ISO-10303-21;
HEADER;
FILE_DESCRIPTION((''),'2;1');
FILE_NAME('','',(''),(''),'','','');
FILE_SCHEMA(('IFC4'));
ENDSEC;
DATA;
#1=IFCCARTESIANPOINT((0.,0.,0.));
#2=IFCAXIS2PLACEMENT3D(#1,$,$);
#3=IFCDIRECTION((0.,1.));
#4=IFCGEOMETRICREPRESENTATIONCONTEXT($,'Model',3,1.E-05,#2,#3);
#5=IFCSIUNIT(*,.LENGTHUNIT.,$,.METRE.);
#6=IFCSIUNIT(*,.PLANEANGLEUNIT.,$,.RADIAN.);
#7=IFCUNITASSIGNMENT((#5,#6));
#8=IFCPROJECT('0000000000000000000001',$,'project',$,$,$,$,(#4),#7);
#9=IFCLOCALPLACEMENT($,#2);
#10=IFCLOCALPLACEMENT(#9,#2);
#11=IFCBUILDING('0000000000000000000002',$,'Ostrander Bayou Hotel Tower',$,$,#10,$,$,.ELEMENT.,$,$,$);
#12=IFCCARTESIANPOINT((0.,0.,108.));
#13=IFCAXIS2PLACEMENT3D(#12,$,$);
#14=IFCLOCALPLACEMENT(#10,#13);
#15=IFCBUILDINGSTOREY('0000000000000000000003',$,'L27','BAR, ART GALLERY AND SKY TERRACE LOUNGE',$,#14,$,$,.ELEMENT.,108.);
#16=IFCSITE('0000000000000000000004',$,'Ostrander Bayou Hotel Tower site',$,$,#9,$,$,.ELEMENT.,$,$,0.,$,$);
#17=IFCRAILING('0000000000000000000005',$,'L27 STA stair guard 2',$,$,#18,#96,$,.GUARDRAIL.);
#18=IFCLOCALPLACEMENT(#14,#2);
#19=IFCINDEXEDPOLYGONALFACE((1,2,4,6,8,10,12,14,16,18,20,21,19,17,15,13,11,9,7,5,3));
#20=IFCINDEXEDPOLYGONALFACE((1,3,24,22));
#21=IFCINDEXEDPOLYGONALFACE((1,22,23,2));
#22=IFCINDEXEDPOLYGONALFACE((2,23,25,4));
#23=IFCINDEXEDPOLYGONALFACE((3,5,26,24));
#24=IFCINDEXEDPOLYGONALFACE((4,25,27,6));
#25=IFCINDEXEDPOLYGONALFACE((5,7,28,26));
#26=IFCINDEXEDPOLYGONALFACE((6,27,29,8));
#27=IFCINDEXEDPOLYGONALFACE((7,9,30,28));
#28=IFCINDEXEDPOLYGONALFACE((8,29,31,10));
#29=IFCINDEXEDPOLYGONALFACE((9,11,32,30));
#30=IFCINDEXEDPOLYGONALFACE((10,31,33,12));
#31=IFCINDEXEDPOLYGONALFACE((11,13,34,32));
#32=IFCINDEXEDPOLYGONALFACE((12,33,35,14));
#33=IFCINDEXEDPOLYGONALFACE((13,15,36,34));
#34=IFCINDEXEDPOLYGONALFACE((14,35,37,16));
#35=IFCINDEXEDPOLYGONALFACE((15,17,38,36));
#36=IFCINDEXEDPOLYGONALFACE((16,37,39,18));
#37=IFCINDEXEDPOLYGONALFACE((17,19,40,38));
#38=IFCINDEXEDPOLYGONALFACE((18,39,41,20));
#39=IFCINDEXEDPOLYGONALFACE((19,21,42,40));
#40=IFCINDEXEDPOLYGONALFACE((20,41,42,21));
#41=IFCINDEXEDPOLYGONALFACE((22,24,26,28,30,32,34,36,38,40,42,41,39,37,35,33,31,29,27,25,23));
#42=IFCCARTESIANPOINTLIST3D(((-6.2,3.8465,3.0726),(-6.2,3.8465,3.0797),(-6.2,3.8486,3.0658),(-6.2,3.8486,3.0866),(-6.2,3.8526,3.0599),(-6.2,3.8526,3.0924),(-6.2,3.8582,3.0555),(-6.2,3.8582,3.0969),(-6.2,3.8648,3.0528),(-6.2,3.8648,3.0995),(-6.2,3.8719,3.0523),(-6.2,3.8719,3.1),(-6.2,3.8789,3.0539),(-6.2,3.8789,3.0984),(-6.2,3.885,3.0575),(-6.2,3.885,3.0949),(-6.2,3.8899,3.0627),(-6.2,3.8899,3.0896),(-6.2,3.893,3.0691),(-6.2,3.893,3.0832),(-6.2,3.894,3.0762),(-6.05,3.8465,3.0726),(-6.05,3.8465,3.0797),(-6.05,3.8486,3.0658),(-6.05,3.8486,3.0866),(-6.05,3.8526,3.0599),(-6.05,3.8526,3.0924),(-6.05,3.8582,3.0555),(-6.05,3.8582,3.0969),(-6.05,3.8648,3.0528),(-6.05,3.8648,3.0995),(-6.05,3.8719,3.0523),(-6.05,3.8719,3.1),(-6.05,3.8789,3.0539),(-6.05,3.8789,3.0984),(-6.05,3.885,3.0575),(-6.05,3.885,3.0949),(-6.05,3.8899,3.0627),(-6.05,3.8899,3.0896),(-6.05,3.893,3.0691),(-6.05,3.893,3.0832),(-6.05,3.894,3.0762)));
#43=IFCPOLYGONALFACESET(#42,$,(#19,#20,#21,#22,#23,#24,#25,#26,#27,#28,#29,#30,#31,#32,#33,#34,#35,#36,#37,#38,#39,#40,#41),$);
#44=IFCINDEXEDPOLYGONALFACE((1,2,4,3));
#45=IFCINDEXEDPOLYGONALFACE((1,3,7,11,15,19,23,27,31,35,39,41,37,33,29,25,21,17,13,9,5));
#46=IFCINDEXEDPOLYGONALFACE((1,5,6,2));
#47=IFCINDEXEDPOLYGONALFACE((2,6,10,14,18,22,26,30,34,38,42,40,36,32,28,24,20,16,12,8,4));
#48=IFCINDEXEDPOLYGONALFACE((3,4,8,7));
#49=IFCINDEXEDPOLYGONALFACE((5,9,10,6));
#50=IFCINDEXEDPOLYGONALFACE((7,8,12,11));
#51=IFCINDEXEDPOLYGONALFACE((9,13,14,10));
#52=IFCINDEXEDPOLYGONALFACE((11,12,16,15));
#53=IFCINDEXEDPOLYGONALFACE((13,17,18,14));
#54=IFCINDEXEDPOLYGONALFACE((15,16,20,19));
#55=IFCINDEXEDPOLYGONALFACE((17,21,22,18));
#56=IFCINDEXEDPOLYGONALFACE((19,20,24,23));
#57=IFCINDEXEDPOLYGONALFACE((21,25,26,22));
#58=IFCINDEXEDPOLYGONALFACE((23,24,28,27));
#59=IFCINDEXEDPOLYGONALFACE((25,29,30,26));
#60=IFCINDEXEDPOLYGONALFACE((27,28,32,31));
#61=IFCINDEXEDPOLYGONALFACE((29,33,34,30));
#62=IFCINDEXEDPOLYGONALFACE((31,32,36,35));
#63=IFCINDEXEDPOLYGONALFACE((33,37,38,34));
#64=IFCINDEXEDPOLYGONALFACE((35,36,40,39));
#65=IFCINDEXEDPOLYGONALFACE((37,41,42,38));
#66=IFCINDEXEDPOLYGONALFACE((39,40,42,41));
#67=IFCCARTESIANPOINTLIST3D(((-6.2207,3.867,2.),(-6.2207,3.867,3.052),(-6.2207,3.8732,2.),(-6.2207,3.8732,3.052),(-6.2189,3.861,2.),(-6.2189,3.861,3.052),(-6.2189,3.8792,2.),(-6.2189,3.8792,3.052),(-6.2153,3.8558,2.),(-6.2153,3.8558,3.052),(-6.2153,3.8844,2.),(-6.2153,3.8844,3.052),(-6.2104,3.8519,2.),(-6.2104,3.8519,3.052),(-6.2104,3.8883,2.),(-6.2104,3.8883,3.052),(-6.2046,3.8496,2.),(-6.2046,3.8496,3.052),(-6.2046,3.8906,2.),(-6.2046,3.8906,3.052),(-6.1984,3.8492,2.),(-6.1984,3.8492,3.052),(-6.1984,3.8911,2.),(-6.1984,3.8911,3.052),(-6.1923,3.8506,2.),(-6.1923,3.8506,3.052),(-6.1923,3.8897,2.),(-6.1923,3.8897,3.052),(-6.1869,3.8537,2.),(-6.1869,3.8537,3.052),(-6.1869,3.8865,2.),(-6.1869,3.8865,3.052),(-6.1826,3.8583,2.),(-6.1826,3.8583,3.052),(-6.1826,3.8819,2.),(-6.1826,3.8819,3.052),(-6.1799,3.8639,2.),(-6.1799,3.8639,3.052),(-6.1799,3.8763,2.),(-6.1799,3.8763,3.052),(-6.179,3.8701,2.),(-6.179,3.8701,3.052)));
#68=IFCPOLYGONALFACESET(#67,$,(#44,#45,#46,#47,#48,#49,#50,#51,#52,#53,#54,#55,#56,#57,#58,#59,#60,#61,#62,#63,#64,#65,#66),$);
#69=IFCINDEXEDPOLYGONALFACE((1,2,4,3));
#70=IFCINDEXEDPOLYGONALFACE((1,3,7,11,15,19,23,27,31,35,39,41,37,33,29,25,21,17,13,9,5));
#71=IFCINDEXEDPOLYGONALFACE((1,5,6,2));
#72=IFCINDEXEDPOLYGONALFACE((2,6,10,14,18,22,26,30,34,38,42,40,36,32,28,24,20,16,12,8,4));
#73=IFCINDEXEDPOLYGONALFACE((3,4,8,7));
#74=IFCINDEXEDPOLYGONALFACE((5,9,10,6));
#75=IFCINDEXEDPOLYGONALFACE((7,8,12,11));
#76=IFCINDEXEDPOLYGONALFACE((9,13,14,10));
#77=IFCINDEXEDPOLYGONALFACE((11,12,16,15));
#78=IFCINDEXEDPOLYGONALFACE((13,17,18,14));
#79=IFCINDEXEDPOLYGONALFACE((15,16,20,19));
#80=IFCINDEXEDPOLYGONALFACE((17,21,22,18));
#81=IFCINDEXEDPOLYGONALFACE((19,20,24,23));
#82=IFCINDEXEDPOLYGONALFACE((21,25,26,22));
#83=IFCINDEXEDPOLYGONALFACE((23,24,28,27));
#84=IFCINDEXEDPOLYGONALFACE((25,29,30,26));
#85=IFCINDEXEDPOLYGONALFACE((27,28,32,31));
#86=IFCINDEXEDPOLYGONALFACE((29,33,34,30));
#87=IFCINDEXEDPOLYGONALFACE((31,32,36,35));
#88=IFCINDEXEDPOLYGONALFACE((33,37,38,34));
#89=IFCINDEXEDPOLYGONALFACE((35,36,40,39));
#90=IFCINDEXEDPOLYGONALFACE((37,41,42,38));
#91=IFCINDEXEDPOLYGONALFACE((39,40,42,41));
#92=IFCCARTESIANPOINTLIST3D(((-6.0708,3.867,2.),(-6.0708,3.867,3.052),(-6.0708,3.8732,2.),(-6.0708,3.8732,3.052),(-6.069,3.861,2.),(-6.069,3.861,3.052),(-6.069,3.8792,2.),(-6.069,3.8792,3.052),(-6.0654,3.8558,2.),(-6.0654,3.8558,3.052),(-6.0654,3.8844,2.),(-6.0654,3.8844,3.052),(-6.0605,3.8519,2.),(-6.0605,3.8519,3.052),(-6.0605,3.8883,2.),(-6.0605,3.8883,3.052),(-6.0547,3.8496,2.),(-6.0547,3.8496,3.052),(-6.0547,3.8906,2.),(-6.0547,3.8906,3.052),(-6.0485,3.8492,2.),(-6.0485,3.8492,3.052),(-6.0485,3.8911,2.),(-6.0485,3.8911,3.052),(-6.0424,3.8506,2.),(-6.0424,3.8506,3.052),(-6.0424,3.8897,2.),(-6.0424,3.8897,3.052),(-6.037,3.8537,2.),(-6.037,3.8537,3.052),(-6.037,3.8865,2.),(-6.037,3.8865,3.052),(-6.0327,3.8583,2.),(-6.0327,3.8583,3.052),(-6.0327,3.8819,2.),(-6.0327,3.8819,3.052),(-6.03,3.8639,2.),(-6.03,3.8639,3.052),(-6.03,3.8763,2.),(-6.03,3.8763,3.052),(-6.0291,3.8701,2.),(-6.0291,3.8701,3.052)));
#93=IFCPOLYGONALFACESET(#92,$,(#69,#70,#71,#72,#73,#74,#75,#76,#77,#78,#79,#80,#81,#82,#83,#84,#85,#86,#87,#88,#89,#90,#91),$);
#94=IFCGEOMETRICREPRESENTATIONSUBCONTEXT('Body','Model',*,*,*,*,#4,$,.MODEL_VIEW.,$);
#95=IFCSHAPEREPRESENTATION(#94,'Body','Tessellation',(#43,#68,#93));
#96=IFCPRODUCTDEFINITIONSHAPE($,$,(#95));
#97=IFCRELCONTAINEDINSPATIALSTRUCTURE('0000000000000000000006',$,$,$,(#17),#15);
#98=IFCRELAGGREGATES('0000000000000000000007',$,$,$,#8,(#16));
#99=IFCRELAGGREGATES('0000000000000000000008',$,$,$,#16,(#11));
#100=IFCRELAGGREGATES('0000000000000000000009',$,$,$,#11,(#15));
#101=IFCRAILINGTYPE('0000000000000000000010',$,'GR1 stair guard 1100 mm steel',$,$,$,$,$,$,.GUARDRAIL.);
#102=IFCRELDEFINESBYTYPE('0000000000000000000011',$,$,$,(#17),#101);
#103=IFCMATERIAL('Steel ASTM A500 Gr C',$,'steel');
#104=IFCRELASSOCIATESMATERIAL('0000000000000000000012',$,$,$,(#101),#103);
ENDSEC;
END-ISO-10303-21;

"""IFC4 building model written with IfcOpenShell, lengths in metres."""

from ifc_helpers import new_model, si_unit, direction, frame, origin, origin_2d, place, context, subcontext, project, spatial, circle, extrude, material, type_object, element, save


model = new_model("IFC4")

# Units and contexts
model_context = context("Model", 3, precision=1e-05, world=origin(), true_north=direction((0.0, 1.0)))
body_context = subcontext(model_context, "Body", "Model", "MODEL_VIEW")
ifc_project = project(units=[si_unit("LENGTHUNIT", "METRE"), si_unit("PLANEANGLEUNIT", "RADIAN")], contexts=[model_context])

# Site, building, storey
site_placement = place(None, origin())
site = spatial("IfcSite", under=ifc_project, at=site_placement, Name="Ostrander Bayou Hotel Tower site", CompositionType="ELEMENT", RefElevation=0.0)
building_placement = place(site_placement, origin())
building = spatial("IfcBuilding", under=site, at=building_placement, Name="Ostrander Bayou Hotel Tower", CompositionType="ELEMENT")
storey_placement = place(building_placement, frame((0.0, 0.0, 108.0)))
storey = spatial("IfcBuildingStorey", under=building, at=storey_placement, Name="L27", Description="BAR, ART GALLERY AND SKY TERRACE LOUNGE", CompositionType="ELEMENT", Elevation=108.0)

# Railing
ifc_material_1 = material(Name="Steel ASTM A500 Gr C", Category="steel")
railing_type_1 = type_object("IfcRailingType", Name="GR1 stair guard 1100 mm steel", PredefinedType="GUARDRAIL", material=ifc_material_1)
railing_1_placement = place(storey_placement, frame((-6.2, 3.8701, 2.0)))
element("IfcRailing", 1, at=railing_1_placement, inside=storey, type_object=railing_type_1, Name="L27 STA stair guard 2", PredefinedType="GUARDRAIL", context=body_context, shape_type="SweptSolid", body=[
    extrude(circle(Radius=0.0239, at=origin_2d()), frame((0.0, 0.0, 1.0762), z_axis=(1.0, 0.0, 0.0), x_axis=(0.0, 1.0, 0.0)), (0.0, 0.0, 1.0), 0.1499),
    extrude(circle(Radius=0.021, at=origin_2d()), origin(), (0.0, 0.0, 1.0), 1.052),
    extrude(circle(Radius=0.021, at=origin_2d()), frame((0.1499, 0.0, 0.0)), (0.0, 0.0, 1.0), 1.052),
])

save(model, "model.ifc")
